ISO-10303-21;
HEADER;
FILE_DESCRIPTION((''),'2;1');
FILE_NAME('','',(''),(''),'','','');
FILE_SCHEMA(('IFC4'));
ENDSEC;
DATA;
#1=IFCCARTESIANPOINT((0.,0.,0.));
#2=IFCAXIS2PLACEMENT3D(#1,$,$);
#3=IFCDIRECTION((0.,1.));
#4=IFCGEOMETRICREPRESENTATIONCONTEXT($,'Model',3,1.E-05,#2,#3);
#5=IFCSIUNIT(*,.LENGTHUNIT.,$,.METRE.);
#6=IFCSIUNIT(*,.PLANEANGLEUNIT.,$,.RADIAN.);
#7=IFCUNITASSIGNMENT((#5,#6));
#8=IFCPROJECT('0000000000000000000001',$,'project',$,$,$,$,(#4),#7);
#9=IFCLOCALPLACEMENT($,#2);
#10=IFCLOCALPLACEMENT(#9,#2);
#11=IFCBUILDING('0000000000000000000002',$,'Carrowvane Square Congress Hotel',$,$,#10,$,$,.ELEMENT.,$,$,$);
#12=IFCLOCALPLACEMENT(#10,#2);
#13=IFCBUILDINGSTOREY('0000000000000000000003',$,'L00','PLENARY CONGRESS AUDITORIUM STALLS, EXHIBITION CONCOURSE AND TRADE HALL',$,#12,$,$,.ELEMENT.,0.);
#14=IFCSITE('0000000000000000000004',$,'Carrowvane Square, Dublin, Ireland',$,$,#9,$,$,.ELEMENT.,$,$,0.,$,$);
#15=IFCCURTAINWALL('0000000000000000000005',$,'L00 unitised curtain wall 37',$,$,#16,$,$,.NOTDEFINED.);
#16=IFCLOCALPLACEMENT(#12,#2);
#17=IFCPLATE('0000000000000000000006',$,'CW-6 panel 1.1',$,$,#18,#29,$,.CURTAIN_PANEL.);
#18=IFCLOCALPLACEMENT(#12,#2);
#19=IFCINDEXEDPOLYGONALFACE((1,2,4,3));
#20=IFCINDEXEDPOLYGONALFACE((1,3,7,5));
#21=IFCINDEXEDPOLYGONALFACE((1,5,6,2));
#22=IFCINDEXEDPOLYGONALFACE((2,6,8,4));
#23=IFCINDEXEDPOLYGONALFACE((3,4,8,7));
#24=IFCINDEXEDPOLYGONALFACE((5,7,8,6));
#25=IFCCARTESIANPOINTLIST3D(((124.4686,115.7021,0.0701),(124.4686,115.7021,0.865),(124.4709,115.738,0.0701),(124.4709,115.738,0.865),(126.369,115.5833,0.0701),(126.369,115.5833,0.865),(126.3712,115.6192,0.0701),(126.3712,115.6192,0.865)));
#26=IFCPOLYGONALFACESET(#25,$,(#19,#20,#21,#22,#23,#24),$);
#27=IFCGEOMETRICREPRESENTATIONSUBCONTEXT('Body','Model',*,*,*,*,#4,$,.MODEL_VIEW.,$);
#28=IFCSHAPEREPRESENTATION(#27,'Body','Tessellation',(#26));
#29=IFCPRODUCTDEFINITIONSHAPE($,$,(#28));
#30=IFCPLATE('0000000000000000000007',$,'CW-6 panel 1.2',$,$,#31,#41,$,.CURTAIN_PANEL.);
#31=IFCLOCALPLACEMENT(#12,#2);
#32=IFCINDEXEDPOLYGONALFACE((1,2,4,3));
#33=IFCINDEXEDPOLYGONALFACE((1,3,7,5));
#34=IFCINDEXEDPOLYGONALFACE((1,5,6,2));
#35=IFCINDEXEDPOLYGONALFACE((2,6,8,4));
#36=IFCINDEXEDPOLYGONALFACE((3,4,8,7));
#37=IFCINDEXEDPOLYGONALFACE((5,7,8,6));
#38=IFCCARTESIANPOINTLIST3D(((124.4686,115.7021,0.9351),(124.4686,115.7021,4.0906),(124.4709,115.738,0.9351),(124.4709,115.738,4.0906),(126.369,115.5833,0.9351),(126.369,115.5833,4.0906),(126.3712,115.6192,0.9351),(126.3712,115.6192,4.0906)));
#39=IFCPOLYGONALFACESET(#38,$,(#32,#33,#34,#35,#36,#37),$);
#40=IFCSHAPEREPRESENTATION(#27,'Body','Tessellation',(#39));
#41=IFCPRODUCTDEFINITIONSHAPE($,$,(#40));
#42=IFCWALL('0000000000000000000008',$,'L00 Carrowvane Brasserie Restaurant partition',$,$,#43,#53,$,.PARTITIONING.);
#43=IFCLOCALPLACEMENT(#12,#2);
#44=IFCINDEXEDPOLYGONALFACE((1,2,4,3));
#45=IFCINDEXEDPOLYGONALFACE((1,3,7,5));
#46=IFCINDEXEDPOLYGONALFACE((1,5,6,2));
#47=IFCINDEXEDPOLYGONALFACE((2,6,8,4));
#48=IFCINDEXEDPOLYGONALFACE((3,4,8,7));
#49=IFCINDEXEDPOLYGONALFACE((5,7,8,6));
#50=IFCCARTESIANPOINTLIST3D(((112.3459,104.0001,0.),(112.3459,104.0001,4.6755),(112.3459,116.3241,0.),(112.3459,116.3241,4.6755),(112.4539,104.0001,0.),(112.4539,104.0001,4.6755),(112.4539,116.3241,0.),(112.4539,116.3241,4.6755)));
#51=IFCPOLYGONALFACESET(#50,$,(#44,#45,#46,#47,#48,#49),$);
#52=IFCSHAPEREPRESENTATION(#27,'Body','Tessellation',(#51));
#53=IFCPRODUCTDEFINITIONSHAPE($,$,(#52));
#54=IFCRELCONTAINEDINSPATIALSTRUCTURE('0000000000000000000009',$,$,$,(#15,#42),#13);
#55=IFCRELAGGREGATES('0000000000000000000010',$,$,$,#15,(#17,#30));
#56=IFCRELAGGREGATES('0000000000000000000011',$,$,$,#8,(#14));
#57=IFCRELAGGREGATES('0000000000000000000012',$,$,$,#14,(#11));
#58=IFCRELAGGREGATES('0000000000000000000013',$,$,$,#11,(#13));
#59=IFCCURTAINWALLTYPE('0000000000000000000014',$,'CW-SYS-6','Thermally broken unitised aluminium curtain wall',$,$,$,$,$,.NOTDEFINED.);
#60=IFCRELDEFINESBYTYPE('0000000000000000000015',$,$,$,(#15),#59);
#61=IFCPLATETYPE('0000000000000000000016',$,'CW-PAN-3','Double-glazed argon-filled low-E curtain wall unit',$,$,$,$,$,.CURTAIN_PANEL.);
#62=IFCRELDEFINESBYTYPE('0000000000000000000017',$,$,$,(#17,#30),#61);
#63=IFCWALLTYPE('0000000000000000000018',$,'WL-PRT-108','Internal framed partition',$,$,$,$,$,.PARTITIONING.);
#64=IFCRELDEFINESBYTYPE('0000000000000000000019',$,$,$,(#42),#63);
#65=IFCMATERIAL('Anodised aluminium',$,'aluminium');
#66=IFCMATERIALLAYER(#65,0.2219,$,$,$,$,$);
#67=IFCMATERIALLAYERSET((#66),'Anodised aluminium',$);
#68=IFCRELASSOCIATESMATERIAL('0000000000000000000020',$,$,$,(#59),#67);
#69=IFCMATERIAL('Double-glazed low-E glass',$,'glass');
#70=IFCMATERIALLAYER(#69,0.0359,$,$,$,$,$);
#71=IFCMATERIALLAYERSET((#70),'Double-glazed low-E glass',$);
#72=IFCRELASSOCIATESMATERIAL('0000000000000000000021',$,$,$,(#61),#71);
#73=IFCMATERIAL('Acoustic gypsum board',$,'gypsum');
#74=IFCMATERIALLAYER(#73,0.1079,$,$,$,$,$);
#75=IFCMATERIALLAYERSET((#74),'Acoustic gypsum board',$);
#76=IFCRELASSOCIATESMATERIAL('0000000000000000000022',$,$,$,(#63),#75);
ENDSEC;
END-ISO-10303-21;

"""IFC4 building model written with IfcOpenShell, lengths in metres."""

from ifc_helpers import new_model, si_unit, direction, frame, frame_2d, origin, origin_2d, place, context, subcontext, project, spatial, rectangle, extrude, material, layer, layer_set, type_object, element, aggregate, save


model = new_model("IFC4")

# Units and contexts
model_context = context("Model", 3, precision=1e-05, world=origin(), true_north=direction((0.0, 1.0)))
body_context = subcontext(model_context, "Body", "Model", "MODEL_VIEW")
ifc_project = project(units=[si_unit("LENGTHUNIT", "METRE"), si_unit("PLANEANGLEUNIT", "RADIAN")], contexts=[model_context])

# Site, building, storey
site_placement = place(None, origin())
site = spatial("IfcSite", under=ifc_project, at=site_placement, Name="Carrowvane Square, Dublin, Ireland", CompositionType="ELEMENT", RefElevation=0.0)
building_placement = place(site_placement, origin())
building = spatial("IfcBuilding", under=site, at=building_placement, Name="Carrowvane Square Congress Hotel", CompositionType="ELEMENT")
storey_placement = place(building_placement, origin())
storey = spatial("IfcBuildingStorey", under=building, at=storey_placement, Name="L00", Description="PLENARY CONGRESS AUDITORIUM STALLS, EXHIBITION CONCOURSE AND TRADE HALL", CompositionType="ELEMENT", Elevation=0.0)

# Curtain wall
ifc_material_1 = material(Name="Anodised aluminium", Category="aluminium")
ifc_layer_1 = layer(ifc_material_1, 0.2219)
ifc_layer_set_1 = layer_set([ifc_layer_1], Name="Anodised aluminium")
curtain_wall_type_1 = type_object("IfcCurtainWallType", Name="CW-SYS-6", Description="Thermally broken unitised aluminium curtain wall", PredefinedType="NOTDEFINED", material=ifc_layer_set_1)
curtain_wall_1_placement = place(storey_placement, origin())
curtain_wall_1 = element("IfcCurtainWall", 1, at=curtain_wall_1_placement, inside=storey, type_object=curtain_wall_type_1, Name="L00 unitised curtain wall 37", PredefinedType="NOTDEFINED")

# Plates
ifc_material_2 = material(Name="Double-glazed low-E glass", Category="glass")
ifc_layer_2 = layer(ifc_material_2, 0.0359)
ifc_layer_set_2 = layer_set([ifc_layer_2], Name="Double-glazed low-E glass")
plate_type_1 = type_object("IfcPlateType", Name="CW-PAN-3", Description="Double-glazed argon-filled low-E curtain wall unit", PredefinedType="CURTAIN_PANEL", material=ifc_layer_set_2)
plate_1_placement = place(storey_placement, frame((125.4199, 115.6606, 0.0701), z_axis=(0.0, 0.0, 1.0), x_axis=(0.998051, -0.062397, 0.0)))
plate_1 = element("IfcPlate", 2, at=plate_1_placement, type_object=plate_type_1, Name="CW-6 panel 1.1", PredefinedType="CURTAIN_PANEL", context=body_context, shape_type="SweptSolid", body=[
    extrude(rectangle(XDim=1.9041, YDim=0.0359, at=origin_2d()), origin(), (0.0, 0.0, 1.0), 0.7949),
])
plate_2_placement = place(storey_placement, frame((125.4199, 115.6606, 0.9351), z_axis=(0.0, 0.0, 1.0), x_axis=(0.998051, -0.062397, 0.0)))
plate_2 = element("IfcPlate", 3, at=plate_2_placement, type_object=plate_type_1, Name="CW-6 panel 1.2", PredefinedType="CURTAIN_PANEL", context=body_context, shape_type="SweptSolid", body=[
    extrude(rectangle(XDim=1.9041, YDim=0.0359, at=origin_2d()), origin(), (0.0, 0.0, 1.0), 3.1555),
])
aggregate(curtain_wall_1, [plate_1, plate_2])

# Wall
ifc_material_3 = material(Name="Acoustic gypsum board", Category="gypsum")
ifc_layer_3 = layer(ifc_material_3, 0.1079)
ifc_layer_set_3 = layer_set([ifc_layer_3], Name="Acoustic gypsum board")
wall_type = type_object("IfcWallType", Name="WL-PRT-108", Description="Internal framed partition", PredefinedType="PARTITIONING", material=ifc_layer_set_3)
wall_placement = place(storey_placement, frame((112.3999, 104.0, 0.0), z_axis=(0.0, 0.0, 1.0), x_axis=(0.0, 1.0, 0.0)))
element("IfcWall", 4, at=wall_placement, inside=storey, type_object=wall_type, Name="L00 Carrowvane Brasserie Restaurant partition", PredefinedType="PARTITIONING", context=body_context, shape_type="SweptSolid", body=[
    extrude(rectangle(XDim=12.324, YDim=0.1079, at=frame_2d((6.1621, 0.0))), origin(), (0.0, 0.0, 1.0), 4.6755),
])

save(model, "model.ifc")
